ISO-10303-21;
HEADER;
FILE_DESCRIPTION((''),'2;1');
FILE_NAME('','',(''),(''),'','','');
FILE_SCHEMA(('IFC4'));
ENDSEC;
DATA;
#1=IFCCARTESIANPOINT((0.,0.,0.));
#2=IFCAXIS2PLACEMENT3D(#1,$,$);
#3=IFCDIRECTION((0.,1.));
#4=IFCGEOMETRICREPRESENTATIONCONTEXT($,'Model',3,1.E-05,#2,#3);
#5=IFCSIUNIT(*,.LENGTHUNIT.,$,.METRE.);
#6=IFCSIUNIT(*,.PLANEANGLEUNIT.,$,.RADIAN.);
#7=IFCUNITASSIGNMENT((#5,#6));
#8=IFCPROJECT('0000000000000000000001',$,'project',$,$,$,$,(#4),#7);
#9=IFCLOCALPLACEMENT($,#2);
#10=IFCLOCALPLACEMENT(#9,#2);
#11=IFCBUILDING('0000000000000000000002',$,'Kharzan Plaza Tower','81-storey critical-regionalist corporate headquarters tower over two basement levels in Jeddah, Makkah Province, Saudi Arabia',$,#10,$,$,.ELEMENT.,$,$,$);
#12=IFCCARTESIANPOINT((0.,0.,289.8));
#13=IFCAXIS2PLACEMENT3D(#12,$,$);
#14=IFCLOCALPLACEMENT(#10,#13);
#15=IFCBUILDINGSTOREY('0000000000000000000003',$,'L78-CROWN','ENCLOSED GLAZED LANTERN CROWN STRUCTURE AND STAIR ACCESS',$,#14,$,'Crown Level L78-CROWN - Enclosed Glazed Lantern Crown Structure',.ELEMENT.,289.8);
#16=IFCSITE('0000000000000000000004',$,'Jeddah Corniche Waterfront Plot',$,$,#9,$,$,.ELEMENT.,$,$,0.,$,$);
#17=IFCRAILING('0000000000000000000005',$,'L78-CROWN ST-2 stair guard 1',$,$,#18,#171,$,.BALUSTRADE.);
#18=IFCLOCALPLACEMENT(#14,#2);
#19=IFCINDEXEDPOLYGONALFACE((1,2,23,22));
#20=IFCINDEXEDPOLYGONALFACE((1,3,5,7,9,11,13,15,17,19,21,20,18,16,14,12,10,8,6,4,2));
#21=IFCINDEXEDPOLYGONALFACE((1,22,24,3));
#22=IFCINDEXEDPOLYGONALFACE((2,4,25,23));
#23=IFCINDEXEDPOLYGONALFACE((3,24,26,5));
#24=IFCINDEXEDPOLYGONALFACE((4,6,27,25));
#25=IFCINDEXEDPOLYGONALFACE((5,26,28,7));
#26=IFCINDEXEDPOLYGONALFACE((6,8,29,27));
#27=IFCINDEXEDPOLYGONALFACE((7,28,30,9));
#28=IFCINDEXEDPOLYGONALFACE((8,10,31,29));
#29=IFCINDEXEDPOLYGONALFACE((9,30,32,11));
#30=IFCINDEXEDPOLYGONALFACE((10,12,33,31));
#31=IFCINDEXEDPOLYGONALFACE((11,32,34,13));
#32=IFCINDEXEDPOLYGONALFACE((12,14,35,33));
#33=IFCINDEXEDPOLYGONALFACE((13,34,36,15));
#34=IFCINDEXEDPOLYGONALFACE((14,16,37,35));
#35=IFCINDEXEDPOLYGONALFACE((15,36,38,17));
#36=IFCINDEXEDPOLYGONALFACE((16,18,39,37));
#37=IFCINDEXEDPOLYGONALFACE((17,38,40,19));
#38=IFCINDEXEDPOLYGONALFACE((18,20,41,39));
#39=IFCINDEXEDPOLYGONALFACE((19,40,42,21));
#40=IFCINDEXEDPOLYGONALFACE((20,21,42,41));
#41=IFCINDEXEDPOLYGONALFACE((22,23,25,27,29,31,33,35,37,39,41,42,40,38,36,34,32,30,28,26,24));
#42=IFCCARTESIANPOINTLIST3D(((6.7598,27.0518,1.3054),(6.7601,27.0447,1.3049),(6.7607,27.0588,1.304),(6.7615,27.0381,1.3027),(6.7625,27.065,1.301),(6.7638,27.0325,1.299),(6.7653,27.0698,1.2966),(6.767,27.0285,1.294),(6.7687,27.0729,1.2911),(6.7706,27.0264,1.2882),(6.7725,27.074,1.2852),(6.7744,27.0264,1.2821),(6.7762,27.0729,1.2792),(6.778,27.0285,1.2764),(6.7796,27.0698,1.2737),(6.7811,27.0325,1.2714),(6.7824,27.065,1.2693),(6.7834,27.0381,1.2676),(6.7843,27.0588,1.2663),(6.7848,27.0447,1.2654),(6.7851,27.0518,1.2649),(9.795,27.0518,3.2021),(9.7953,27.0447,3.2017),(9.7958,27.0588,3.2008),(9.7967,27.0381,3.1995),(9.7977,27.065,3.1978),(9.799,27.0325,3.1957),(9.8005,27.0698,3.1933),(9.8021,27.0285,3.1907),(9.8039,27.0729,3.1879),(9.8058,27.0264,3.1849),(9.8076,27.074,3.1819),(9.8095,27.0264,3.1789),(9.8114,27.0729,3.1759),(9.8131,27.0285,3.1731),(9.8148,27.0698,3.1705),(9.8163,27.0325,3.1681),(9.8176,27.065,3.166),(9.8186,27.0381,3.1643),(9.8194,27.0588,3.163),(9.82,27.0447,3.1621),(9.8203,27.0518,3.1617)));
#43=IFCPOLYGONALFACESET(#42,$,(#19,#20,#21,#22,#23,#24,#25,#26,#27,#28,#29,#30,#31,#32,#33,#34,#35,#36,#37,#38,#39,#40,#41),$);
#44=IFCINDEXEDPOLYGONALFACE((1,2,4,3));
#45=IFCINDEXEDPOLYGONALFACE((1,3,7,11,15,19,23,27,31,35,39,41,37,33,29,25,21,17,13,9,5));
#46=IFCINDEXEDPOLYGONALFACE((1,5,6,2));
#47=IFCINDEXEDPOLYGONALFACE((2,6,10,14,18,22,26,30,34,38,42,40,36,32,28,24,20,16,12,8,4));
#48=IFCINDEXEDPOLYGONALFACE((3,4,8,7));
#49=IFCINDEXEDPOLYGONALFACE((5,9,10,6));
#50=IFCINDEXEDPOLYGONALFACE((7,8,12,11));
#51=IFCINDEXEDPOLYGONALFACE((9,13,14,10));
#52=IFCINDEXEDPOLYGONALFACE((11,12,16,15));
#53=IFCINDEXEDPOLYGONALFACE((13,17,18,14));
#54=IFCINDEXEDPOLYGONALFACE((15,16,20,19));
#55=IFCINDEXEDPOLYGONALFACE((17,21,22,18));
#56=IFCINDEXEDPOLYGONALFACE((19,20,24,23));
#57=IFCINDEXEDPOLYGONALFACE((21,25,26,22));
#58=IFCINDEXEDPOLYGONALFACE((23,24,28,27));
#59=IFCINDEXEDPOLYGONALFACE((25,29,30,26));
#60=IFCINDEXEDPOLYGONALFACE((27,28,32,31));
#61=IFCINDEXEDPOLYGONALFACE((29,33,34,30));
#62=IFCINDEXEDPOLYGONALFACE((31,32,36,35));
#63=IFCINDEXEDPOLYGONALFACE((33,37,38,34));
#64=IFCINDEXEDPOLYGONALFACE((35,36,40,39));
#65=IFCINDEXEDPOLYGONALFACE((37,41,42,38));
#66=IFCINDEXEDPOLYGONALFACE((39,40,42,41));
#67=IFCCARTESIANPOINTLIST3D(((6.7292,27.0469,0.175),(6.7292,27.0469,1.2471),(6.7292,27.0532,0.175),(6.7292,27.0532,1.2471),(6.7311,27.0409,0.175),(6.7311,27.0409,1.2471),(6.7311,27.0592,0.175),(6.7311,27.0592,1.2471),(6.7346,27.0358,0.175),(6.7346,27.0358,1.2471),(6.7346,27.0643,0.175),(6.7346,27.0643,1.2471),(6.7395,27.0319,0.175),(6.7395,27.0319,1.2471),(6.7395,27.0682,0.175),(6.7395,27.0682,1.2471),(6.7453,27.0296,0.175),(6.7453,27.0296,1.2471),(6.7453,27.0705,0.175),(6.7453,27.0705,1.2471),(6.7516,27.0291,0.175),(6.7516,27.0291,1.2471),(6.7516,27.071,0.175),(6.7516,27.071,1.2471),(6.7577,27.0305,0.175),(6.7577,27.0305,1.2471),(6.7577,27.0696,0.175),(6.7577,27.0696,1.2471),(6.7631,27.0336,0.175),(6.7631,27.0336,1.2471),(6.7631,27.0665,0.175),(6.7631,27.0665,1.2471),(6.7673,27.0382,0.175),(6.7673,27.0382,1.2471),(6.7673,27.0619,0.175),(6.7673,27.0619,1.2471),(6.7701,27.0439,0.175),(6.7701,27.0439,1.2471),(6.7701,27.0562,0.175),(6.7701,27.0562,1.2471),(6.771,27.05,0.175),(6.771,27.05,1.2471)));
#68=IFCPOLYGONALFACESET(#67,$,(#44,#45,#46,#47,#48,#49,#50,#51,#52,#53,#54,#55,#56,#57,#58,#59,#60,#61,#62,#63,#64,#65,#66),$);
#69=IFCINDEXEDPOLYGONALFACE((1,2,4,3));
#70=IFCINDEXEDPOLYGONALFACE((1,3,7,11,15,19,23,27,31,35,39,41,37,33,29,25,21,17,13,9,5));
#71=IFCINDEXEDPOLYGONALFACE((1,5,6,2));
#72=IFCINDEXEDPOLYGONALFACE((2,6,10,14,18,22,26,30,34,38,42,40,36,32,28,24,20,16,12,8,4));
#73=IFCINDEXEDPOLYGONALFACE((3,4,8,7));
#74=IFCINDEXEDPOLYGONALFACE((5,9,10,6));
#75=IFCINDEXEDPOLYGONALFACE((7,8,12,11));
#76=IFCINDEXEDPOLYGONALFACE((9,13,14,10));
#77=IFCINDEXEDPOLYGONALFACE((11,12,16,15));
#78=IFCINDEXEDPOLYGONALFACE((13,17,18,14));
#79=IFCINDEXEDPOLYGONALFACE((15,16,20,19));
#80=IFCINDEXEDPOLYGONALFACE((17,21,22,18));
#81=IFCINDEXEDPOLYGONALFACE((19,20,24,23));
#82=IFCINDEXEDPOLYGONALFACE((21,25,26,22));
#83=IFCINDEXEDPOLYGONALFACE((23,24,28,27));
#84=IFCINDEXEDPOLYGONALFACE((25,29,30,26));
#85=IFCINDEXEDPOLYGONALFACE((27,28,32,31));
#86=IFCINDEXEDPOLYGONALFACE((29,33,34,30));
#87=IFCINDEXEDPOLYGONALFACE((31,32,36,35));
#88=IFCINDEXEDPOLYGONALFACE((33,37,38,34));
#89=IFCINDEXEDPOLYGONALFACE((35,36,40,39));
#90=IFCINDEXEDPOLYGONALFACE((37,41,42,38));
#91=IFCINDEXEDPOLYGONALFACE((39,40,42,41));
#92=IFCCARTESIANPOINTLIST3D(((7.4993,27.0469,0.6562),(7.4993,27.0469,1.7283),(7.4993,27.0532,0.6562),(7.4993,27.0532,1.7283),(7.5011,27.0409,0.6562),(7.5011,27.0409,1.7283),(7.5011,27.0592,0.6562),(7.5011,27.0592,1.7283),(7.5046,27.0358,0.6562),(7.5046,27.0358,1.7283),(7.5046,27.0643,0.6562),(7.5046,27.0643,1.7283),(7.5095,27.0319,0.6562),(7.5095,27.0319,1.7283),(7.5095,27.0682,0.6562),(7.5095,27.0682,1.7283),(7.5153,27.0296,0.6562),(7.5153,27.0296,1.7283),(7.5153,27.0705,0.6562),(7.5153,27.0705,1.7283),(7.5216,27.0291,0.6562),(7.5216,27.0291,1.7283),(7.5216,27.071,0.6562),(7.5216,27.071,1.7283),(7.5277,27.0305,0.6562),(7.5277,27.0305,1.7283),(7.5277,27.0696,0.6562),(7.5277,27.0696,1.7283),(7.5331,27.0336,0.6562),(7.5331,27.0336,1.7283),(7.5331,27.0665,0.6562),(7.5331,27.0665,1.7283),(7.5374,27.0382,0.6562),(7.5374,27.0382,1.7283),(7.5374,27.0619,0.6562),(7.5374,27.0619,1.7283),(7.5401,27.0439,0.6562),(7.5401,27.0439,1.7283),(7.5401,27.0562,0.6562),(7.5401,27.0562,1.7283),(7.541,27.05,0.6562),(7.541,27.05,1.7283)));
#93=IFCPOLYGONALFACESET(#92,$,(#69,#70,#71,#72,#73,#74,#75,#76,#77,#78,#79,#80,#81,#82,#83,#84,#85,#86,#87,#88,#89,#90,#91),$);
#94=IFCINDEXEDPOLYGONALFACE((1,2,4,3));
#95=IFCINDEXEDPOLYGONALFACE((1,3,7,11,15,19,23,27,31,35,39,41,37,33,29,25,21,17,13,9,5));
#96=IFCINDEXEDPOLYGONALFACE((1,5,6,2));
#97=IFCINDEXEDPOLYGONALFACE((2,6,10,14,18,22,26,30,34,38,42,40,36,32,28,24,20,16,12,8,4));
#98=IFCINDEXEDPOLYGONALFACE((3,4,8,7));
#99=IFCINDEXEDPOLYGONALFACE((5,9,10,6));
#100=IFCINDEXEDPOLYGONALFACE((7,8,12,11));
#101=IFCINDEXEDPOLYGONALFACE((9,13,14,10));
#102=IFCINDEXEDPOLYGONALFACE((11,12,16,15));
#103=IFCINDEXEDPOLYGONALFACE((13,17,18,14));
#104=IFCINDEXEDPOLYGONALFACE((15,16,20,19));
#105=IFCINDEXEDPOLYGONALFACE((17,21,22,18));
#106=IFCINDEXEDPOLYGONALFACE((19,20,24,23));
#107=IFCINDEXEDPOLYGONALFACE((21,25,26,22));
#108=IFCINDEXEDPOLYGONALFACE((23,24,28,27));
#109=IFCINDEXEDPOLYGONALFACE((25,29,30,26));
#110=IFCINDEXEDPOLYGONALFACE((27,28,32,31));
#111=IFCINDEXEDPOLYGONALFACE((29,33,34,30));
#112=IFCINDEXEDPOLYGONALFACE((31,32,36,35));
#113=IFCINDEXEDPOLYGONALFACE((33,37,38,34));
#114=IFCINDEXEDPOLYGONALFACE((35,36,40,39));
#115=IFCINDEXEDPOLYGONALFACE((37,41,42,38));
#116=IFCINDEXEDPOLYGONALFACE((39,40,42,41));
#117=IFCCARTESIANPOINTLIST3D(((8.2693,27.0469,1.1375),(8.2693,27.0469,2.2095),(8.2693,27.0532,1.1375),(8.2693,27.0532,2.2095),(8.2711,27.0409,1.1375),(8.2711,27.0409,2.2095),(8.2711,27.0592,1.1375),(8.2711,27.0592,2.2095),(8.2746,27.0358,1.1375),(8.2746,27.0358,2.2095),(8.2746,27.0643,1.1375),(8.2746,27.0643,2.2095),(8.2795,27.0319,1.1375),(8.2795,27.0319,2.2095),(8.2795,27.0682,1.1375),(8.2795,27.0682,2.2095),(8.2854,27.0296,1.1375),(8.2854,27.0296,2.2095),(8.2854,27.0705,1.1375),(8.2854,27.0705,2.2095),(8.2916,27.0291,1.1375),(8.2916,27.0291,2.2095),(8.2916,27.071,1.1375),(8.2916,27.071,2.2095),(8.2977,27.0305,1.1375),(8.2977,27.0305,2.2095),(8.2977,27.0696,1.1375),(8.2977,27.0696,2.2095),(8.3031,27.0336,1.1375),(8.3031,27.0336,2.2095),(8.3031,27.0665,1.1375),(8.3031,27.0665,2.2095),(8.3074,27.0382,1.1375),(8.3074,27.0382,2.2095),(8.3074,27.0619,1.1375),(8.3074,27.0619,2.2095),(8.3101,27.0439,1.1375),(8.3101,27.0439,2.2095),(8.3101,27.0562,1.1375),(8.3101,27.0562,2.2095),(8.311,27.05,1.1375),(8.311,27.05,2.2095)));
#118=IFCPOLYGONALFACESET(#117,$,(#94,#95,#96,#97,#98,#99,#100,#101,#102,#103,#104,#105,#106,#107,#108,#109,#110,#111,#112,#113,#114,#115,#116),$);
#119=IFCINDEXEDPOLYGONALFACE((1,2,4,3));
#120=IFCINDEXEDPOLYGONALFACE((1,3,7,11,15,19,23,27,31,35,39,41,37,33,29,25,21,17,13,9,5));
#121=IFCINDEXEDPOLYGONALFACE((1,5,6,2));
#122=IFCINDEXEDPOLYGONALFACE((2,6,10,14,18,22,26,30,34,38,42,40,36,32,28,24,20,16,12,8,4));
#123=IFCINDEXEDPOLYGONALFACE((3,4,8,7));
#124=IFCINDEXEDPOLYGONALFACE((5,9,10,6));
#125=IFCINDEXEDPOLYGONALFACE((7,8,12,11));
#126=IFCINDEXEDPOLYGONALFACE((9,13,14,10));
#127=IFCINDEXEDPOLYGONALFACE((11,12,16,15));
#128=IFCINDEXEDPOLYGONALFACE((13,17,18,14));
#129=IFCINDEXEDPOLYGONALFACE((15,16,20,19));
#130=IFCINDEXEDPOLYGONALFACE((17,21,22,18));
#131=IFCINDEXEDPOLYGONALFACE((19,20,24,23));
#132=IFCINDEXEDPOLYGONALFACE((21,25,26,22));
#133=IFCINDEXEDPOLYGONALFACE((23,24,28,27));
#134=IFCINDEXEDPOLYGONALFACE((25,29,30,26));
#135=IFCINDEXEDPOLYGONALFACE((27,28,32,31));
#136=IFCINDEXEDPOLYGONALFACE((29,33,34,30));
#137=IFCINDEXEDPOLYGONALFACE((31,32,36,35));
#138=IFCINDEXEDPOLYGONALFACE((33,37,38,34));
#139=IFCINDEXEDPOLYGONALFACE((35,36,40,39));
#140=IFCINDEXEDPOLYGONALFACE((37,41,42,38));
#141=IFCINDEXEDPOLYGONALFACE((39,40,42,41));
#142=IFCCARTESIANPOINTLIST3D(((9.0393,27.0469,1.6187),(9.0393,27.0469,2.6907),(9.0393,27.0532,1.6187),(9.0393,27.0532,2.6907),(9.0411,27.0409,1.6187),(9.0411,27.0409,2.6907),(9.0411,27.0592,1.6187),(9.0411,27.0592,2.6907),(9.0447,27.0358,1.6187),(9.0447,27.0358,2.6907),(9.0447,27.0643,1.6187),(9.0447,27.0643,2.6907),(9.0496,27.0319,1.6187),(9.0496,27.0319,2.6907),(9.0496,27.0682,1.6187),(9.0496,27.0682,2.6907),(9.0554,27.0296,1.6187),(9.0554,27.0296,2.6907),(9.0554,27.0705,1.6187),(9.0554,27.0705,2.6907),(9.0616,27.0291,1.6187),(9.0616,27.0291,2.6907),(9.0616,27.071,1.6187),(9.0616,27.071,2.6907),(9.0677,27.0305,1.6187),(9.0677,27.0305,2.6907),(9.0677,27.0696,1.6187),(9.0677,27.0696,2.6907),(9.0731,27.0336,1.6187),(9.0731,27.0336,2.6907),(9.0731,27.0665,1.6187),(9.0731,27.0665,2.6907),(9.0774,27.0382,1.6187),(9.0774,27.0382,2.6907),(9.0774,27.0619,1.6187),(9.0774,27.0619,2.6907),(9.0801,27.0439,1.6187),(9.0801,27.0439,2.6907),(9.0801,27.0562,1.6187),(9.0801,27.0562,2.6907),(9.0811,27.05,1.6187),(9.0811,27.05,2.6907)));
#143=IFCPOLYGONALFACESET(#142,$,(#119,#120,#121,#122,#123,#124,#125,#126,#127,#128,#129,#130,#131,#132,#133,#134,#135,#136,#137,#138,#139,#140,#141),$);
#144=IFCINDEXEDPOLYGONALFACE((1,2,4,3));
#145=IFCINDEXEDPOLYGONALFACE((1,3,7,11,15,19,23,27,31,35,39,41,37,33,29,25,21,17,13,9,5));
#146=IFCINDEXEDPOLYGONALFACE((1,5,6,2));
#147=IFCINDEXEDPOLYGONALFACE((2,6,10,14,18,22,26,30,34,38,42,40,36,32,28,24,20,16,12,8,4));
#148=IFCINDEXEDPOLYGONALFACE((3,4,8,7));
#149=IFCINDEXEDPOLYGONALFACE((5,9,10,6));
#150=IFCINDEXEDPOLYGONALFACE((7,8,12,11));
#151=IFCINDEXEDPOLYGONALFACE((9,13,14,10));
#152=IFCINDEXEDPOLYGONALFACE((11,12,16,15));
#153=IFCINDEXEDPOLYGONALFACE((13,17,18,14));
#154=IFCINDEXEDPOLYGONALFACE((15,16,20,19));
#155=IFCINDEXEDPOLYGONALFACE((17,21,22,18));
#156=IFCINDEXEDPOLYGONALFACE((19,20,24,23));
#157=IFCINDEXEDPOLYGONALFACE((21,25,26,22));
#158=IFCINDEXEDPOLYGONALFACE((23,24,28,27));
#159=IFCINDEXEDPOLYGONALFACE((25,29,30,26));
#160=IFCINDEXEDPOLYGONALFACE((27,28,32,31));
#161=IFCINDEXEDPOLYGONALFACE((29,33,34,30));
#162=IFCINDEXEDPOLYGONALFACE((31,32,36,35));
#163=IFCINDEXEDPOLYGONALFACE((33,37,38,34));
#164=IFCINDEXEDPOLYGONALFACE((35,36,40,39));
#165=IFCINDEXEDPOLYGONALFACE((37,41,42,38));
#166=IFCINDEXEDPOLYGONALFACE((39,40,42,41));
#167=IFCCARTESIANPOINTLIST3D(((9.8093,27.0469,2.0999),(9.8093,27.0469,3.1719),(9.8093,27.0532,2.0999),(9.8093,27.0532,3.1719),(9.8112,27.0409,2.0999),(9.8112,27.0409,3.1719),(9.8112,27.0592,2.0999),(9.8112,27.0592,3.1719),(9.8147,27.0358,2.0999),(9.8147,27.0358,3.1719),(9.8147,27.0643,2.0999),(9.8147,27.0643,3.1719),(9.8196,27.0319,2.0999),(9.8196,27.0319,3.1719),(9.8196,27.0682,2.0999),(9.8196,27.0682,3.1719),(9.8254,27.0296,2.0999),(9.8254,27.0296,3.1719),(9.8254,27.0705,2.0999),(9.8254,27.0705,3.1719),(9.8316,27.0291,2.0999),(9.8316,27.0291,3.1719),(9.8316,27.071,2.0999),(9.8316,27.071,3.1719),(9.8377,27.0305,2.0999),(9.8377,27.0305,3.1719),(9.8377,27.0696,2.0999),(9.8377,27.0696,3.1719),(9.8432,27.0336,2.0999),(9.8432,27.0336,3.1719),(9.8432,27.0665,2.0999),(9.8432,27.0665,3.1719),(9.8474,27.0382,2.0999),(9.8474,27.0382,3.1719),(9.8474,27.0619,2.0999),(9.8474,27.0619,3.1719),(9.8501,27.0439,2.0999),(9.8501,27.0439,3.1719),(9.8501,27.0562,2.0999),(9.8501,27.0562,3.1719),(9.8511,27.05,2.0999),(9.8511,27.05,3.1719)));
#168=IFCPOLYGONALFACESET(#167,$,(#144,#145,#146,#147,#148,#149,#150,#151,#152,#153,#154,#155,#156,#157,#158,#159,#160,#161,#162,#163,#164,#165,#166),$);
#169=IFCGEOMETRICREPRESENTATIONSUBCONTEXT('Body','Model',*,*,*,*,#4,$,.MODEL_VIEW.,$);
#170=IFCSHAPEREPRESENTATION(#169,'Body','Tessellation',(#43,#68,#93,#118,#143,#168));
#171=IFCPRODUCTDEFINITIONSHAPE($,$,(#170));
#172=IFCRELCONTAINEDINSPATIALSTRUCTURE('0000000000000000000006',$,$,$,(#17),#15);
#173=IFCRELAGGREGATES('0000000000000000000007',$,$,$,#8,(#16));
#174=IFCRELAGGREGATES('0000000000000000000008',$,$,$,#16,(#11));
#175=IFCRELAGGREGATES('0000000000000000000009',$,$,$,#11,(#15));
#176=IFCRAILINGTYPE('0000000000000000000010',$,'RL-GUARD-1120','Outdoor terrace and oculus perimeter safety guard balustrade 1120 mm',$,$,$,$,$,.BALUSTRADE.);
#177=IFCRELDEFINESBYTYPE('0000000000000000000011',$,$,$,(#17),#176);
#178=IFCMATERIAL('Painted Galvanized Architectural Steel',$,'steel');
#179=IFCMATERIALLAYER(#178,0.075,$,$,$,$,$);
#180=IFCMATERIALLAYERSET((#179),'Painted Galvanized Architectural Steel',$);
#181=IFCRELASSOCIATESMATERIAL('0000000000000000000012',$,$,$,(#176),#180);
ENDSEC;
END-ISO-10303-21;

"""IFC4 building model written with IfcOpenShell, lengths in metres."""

from ifc_helpers import new_model, si_unit, direction, frame, origin, origin_2d, place, context, subcontext, project, spatial, circle, extrude, source, transform, mapped, material, layer, layer_set, type_object, element, save


model = new_model("IFC4")

# Units and contexts
model_context = context("Model", 3, precision=1e-05, world=origin(), true_north=direction((0.0, 1.0)))
body_context = subcontext(model_context, "Body", "Model", "MODEL_VIEW")
ifc_project = project(units=[si_unit("LENGTHUNIT", "METRE"), si_unit("PLANEANGLEUNIT", "RADIAN")], contexts=[model_context])

# Site, building, storey
site_placement = place(None, origin())
site = spatial("IfcSite", under=ifc_project, at=site_placement, Name="Jeddah Corniche Waterfront Plot", CompositionType="ELEMENT", RefElevation=0.0)
building_placement = place(site_placement, origin())
building = spatial("IfcBuilding", under=site, at=building_placement, Name="Kharzan Plaza Tower", Description="81-storey critical-regionalist corporate headquarters tower over two basement levels in Jeddah, Makkah Province, Saudi Arabia", CompositionType="ELEMENT")
storey_placement = place(building_placement, frame((0.0, 0.0, 289.8)))
storey = spatial("IfcBuildingStorey", under=building, at=storey_placement, Name="L78-CROWN", Description="ENCLOSED GLAZED LANTERN CROWN STRUCTURE AND STAIR ACCESS", LongName="Crown Level L78-CROWN - Enclosed Glazed Lantern Crown Structure", CompositionType="ELEMENT", Elevation=289.8)

# Railing
ifc_material_1 = material(Name="Painted Galvanized Architectural Steel", Category="steel")
ifc_layer_1 = layer(ifc_material_1, 0.075)
ifc_layer_set_1 = layer_set([ifc_layer_1], Name="Painted Galvanized Architectural Steel")
railing_type_1 = type_object("IfcRailingType", Name="RL-GUARD-1120", Description="Outdoor terrace and oculus perimeter safety guard balustrade 1120 mm", PredefinedType="BALUSTRADE", material=ifc_layer_set_1)
shared_shape_1 = source(origin(), body_context, "Body", "SweptSolid", [
    extrude(circle(Radius=0.0239, at=origin_2d()), frame((0.0225, 0.0, 1.1101), z_axis=(0.848029, 0.0, 0.529951), x_axis=(0.0, 1.0, 0.0)), (0.0, 0.0, 1.0), 3.5791),
    extrude(circle(Radius=0.021, at=origin_2d()), origin(), (0.0, 0.0, 1.0), 1.072),
    extrude(circle(Radius=0.021, at=origin_2d()), frame((0.77, 0.0, 0.4812)), (0.0, 0.0, 1.0), 1.072),
    extrude(circle(Radius=0.021, at=origin_2d()), frame((1.54, 0.0, 0.9624)), (0.0, 0.0, 1.0), 1.072),
    extrude(circle(Radius=0.021, at=origin_2d()), frame((2.3101, 0.0, 1.4436)), (0.0, 0.0, 1.0), 1.072),
    extrude(circle(Radius=0.021, at=origin_2d()), frame((3.0801, 0.0, 1.9248)), (0.0, 0.0, 1.0), 1.072),
])
railing_1_placement = place(storey_placement, frame((6.75, 27.05, 0.175)))
element("IfcRailing", 1, at=railing_1_placement, inside=storey, type_object=railing_type_1, Name="L78-CROWN ST-2 stair guard 1", PredefinedType="BALUSTRADE", context=body_context, shape_type="MappedRepresentation", body=[
    mapped(shared_shape_1, transform((0.0, 0.0, 0.0), x_axis=(1.0, 0.0, 0.0), y_axis=(0.0, 1.0, 0.0), z_axis=(0.0, 0.0, 1.0))),
])

save(model, "model.ifc")
